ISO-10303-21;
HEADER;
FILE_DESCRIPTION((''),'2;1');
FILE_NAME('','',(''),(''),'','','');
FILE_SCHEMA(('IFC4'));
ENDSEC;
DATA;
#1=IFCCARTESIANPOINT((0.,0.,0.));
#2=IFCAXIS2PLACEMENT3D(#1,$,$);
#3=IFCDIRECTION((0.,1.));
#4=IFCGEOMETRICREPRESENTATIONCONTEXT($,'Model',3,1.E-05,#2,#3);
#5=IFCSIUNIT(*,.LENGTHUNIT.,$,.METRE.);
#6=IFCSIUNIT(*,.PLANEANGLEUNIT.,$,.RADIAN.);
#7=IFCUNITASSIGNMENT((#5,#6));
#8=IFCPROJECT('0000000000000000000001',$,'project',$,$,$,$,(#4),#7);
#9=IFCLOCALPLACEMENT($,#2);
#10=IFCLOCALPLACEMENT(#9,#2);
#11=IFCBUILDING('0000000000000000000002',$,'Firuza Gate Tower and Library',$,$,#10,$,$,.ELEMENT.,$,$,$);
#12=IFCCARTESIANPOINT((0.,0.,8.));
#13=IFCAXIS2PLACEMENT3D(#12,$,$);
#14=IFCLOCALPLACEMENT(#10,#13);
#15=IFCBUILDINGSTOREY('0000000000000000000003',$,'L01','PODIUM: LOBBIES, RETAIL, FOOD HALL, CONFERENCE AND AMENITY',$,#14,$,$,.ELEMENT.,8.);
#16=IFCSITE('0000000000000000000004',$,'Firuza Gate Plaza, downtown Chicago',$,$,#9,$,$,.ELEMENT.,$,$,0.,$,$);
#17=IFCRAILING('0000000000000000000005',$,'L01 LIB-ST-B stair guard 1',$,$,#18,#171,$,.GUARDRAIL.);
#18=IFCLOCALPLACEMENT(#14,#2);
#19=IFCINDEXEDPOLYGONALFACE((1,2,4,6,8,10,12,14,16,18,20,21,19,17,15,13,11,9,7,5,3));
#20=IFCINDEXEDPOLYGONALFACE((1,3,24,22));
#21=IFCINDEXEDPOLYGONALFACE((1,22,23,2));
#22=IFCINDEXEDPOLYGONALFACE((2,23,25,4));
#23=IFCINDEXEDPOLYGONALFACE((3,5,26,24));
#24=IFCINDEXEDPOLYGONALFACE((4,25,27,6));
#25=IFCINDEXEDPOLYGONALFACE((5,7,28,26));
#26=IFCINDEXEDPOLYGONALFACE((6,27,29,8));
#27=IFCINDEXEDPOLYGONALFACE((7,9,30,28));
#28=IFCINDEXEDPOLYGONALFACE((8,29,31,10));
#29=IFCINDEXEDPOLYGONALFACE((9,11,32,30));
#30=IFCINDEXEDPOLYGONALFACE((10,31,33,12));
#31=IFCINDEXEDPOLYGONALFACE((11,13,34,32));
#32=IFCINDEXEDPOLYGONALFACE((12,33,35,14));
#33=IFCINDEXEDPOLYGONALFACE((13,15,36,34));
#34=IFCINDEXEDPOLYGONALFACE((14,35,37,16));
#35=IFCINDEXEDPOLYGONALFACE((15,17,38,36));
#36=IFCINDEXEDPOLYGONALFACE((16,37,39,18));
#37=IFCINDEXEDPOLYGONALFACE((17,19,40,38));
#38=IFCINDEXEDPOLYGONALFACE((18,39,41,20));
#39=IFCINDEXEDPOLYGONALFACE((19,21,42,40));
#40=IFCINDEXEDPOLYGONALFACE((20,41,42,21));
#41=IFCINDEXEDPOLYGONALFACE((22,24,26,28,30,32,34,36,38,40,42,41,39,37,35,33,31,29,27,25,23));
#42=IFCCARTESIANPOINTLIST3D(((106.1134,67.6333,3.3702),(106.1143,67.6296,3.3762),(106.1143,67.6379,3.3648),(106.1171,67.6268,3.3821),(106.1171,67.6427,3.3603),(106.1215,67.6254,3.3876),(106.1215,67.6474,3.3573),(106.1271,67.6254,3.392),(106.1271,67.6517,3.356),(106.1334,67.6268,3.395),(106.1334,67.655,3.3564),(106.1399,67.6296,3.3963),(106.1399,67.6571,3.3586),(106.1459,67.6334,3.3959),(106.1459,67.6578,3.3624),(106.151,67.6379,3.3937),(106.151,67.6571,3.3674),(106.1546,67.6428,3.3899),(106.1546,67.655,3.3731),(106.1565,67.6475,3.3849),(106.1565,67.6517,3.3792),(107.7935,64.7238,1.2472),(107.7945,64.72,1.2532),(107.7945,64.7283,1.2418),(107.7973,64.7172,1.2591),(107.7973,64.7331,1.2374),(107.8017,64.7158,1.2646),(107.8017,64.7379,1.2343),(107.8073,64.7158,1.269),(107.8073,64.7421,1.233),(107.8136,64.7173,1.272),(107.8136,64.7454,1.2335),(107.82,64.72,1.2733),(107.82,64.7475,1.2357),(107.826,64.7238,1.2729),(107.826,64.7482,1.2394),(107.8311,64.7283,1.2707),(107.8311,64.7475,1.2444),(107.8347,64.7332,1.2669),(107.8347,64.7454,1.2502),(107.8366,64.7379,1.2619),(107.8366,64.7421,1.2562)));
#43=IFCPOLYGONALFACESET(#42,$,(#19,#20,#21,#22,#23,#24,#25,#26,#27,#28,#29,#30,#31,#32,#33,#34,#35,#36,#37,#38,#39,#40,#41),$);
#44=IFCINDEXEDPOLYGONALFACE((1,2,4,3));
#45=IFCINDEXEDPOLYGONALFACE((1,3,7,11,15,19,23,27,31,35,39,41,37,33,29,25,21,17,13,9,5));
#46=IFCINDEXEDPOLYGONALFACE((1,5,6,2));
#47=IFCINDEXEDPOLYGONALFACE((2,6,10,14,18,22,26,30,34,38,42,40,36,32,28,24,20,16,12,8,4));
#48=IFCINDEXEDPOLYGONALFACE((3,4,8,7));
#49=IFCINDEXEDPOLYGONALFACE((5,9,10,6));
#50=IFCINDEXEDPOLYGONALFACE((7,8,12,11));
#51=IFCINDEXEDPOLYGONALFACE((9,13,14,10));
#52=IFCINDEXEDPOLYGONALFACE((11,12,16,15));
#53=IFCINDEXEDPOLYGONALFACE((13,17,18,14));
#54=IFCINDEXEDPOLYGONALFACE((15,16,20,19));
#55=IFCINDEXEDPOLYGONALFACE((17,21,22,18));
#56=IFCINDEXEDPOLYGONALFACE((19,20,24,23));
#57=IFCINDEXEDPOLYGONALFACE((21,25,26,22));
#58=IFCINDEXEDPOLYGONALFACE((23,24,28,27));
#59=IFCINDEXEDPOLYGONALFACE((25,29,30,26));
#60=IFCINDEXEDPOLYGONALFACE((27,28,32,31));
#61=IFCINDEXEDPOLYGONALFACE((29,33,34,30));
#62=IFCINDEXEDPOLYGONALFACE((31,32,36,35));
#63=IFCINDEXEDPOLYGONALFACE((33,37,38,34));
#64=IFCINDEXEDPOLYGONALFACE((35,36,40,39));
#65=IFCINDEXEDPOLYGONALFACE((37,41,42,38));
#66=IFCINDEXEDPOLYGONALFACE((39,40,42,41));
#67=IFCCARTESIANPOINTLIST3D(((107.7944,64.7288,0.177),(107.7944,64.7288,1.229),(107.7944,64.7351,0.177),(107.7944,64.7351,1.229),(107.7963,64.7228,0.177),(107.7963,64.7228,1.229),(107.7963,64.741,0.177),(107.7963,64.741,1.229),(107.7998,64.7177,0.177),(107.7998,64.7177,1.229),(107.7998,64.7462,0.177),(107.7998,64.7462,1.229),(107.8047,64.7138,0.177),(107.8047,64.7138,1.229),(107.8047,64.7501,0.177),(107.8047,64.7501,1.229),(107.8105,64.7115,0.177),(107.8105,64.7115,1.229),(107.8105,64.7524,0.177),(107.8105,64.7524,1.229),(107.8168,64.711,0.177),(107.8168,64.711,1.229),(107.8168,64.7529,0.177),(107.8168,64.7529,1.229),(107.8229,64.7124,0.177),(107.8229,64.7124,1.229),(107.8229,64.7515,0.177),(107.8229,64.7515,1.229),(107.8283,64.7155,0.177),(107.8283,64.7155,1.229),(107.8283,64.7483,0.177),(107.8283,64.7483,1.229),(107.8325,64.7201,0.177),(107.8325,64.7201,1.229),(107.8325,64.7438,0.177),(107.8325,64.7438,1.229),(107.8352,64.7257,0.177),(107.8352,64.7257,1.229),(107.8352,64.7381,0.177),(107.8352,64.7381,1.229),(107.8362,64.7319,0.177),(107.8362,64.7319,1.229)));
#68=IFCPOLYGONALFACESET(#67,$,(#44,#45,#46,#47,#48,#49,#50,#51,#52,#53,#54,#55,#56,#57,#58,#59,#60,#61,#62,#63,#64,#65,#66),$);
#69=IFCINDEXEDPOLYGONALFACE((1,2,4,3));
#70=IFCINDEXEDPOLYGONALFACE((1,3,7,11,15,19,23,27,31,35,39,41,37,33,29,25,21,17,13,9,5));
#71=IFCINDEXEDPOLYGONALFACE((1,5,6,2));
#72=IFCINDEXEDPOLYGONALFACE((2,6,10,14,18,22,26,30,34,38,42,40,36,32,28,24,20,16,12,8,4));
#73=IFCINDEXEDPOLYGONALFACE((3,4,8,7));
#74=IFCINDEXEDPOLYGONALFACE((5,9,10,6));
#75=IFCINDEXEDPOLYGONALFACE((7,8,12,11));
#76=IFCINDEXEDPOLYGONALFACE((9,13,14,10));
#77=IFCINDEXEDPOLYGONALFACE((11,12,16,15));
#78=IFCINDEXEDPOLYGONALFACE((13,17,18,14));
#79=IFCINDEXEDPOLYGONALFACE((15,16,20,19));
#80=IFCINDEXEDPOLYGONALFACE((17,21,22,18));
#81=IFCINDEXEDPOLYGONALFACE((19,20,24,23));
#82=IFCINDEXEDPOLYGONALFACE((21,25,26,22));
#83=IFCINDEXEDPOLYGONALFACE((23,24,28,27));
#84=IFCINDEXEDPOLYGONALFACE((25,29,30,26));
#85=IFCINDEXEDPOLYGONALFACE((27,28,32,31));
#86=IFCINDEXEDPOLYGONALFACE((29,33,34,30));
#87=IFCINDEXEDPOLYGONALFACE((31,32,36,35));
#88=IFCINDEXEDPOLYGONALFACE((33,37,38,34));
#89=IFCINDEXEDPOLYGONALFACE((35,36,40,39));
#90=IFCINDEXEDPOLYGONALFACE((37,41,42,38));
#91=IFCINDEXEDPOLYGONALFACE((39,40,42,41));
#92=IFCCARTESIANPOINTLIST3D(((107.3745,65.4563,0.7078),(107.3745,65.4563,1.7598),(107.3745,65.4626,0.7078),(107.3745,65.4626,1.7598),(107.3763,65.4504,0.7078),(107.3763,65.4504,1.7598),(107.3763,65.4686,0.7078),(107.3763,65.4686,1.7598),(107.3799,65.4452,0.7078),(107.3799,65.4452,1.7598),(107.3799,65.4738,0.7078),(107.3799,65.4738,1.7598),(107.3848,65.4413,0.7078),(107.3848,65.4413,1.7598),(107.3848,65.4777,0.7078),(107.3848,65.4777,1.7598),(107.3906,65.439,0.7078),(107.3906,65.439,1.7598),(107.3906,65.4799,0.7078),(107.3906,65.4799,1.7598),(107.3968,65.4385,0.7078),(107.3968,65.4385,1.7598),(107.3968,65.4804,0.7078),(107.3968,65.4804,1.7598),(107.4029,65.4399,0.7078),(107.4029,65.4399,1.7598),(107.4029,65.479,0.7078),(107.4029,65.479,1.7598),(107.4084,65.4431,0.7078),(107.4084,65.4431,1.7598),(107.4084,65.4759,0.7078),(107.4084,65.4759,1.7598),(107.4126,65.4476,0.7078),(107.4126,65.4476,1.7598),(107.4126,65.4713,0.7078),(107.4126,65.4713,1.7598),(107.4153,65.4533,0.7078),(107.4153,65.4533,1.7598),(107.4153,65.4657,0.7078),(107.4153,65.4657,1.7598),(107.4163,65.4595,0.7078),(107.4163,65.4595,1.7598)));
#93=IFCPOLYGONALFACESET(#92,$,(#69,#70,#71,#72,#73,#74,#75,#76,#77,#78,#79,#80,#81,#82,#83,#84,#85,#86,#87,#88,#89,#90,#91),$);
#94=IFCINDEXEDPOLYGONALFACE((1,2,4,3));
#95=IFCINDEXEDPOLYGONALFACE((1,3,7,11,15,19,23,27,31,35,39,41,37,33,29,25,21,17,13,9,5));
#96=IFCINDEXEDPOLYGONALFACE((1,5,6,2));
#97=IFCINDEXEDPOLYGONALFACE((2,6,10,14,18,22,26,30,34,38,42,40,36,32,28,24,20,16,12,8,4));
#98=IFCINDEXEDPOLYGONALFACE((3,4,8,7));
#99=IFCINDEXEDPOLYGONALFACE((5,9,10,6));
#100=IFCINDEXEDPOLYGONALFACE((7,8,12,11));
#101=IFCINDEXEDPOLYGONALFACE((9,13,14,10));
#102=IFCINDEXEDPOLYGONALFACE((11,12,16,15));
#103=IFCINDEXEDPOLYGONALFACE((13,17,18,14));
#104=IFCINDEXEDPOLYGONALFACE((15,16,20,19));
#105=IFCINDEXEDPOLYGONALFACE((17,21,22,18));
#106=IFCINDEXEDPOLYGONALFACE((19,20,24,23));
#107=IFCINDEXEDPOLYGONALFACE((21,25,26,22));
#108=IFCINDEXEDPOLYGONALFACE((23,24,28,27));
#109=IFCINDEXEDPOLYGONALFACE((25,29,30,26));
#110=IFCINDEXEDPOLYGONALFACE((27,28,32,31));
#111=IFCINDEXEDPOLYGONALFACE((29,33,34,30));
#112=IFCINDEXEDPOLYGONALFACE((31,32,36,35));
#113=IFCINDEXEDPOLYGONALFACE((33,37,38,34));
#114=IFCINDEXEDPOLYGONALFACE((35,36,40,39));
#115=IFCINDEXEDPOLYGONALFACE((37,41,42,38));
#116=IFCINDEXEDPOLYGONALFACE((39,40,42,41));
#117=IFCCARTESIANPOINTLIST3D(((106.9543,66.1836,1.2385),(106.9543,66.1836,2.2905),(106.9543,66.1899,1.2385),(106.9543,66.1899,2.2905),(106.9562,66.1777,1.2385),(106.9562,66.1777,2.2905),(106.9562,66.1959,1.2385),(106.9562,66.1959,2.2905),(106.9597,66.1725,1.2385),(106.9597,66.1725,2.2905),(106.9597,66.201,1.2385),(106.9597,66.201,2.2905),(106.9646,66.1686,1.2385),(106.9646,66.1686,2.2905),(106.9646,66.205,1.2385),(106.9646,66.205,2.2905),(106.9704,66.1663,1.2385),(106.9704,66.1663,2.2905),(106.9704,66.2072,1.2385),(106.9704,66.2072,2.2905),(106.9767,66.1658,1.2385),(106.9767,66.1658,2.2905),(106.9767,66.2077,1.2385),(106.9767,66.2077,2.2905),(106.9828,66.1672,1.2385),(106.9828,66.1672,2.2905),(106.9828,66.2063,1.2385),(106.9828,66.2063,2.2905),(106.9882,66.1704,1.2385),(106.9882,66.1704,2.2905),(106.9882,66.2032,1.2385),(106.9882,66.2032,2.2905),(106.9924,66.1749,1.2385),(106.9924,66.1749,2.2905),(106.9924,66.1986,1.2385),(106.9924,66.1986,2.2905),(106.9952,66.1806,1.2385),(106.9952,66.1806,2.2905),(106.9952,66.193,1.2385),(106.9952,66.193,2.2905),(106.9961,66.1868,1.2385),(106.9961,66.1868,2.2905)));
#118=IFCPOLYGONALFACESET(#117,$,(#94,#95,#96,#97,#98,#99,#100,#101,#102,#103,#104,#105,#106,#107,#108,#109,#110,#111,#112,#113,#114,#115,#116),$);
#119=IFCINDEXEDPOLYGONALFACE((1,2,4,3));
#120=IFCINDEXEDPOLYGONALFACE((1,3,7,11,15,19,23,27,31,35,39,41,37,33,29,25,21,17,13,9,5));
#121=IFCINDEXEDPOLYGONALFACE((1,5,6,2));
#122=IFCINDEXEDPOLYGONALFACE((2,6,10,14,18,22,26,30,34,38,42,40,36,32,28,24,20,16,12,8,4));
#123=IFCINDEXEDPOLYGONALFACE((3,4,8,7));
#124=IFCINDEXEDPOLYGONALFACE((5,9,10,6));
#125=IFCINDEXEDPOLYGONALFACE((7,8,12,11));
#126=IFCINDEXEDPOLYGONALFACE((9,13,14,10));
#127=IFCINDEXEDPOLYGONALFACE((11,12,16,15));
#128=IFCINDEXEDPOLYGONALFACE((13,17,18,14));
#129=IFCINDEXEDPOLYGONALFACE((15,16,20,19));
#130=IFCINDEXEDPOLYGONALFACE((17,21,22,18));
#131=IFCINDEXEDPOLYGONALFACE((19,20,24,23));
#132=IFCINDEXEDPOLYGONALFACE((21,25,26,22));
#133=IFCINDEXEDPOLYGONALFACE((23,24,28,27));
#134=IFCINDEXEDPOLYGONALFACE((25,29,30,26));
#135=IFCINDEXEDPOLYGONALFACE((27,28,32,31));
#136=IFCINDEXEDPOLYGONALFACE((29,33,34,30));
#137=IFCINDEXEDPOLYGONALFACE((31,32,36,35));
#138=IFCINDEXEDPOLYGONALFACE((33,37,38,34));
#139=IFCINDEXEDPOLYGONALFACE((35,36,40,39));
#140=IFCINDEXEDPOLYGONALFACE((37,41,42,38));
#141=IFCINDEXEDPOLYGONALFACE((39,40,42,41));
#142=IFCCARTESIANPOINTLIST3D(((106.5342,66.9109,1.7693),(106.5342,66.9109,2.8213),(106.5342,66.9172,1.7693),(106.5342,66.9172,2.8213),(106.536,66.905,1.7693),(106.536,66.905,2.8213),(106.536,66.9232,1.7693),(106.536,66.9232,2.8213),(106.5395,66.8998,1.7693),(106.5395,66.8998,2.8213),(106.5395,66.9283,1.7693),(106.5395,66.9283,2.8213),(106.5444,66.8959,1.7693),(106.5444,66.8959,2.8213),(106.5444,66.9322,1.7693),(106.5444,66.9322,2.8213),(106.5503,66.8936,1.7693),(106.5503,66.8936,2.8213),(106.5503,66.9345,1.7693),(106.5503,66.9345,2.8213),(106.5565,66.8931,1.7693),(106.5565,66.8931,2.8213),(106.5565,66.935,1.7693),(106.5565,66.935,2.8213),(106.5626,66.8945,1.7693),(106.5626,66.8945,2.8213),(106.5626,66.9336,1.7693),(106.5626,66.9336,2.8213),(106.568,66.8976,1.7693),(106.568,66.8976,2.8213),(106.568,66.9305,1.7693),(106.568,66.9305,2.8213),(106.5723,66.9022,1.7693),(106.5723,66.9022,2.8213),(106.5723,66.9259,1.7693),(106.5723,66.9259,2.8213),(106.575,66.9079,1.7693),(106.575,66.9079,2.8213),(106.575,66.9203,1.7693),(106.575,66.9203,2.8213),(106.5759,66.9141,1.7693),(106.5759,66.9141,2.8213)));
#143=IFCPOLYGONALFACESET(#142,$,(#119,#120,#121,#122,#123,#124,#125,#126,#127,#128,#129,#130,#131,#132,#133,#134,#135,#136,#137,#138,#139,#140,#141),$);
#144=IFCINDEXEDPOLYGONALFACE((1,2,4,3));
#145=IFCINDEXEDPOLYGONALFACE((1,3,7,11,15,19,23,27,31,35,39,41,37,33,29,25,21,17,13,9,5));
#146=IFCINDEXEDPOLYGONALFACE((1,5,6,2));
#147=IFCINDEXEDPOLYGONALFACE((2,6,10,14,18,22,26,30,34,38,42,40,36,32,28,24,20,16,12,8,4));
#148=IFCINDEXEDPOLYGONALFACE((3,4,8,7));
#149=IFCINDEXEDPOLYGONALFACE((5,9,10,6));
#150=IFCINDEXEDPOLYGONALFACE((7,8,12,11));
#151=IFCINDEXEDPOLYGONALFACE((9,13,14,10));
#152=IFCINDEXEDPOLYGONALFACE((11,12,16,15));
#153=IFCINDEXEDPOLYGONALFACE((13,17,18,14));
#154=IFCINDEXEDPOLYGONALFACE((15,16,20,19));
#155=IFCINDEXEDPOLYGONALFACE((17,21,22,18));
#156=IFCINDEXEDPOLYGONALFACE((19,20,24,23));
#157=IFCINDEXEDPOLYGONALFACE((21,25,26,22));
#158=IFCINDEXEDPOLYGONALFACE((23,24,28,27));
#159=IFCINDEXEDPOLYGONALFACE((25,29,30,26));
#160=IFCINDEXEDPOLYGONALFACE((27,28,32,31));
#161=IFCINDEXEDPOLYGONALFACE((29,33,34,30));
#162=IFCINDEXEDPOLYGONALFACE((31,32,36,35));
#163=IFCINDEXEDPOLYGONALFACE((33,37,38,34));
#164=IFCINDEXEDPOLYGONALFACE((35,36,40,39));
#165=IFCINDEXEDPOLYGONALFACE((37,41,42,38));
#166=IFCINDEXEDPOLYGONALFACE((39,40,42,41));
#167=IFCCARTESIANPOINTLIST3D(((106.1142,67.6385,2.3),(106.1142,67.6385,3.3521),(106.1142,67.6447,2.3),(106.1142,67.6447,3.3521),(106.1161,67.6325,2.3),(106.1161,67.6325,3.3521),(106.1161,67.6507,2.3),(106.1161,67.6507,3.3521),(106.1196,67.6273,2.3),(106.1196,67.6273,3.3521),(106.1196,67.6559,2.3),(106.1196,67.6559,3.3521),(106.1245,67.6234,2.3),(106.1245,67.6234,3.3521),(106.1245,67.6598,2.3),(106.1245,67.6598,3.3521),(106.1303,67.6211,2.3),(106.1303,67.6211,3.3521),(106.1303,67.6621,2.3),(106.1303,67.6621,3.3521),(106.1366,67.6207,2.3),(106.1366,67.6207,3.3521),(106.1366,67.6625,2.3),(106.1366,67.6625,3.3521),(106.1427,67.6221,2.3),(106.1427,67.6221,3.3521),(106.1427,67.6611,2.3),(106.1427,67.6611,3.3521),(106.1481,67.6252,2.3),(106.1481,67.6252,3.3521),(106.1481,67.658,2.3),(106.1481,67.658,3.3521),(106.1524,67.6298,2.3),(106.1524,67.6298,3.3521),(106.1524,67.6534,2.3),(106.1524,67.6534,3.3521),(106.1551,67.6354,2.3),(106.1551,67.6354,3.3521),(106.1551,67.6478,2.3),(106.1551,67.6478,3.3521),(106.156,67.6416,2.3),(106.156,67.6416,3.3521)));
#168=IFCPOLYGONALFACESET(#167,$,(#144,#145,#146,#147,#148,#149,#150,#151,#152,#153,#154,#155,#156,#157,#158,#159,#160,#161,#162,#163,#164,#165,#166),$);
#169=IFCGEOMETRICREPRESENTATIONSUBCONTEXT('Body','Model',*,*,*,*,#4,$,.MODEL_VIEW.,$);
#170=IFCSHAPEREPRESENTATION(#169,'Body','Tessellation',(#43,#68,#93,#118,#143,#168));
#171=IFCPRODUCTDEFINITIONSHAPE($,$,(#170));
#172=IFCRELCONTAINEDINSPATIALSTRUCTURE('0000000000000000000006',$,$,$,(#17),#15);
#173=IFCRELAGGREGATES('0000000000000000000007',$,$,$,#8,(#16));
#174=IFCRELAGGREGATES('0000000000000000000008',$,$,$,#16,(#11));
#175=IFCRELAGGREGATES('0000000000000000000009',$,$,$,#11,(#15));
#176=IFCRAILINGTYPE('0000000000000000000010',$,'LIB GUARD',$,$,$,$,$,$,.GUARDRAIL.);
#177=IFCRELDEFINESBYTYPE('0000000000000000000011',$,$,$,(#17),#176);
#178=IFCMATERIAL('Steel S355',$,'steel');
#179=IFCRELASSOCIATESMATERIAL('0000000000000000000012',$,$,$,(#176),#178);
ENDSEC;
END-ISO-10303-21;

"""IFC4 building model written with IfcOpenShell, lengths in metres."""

from ifc_helpers import new_model, si_unit, direction, frame, origin, origin_2d, place, context, subcontext, project, spatial, circle, extrude, material, type_object, element, save


model = new_model("IFC4")

# Units and contexts
model_context = context("Model", 3, precision=1e-05, world=origin(), true_north=direction((0.0, 1.0)))
body_context = subcontext(model_context, "Body", "Model", "MODEL_VIEW")
ifc_project = project(units=[si_unit("LENGTHUNIT", "METRE"), si_unit("PLANEANGLEUNIT", "RADIAN")], contexts=[model_context])

# Site, building, storey
site_placement = place(None, origin())
site = spatial("IfcSite", under=ifc_project, at=site_placement, Name="Firuza Gate Plaza, downtown Chicago", CompositionType="ELEMENT", RefElevation=0.0)
building_placement = place(site_placement, origin())
building = spatial("IfcBuilding", under=site, at=building_placement, Name="Firuza Gate Tower and Library", CompositionType="ELEMENT")
storey_placement = place(building_placement, frame((0.0, 0.0, 8.0)))
storey = spatial("IfcBuildingStorey", under=building, at=storey_placement, Name="L01", Description="PODIUM: LOBBIES, RETAIL, FOOD HALL, CONFERENCE AND AMENITY", CompositionType="ELEMENT", Elevation=8.0)

# Railing
ifc_material_1 = material(Name="Steel S355", Category="steel")
railing_type_1 = type_object("IfcRailingType", Name="LIB GUARD", PredefinedType="GUARDRAIL", material=ifc_material_1)
railing_1_placement = place(storey_placement, frame((107.8152, 64.7319, 0.177)))
element("IfcRailing", 1, at=railing_1_placement, inside=storey, type_object=railing_type_1, Name="L01 LIB-ST-B stair guard 1", PredefinedType="GUARDRAIL", context=body_context, shape_type="SweptSolid", body=[
    extrude(circle(Radius=0.0239, at=origin_2d()), frame((0.0, 0.0, 1.0762), z_axis=(-0.422741, 0.732088, 0.53417), x_axis=(-0.86599, -0.500062, 0.0)), (0.0, 0.0, 1.0), 3.9744),
    extrude(circle(Radius=0.021, at=origin_2d()), origin(), (0.0, 0.0, 1.0), 1.052),
    extrude(circle(Radius=0.021, at=origin_2d()), frame((-0.4199, 0.7275, 0.5308)), (0.0, 0.0, 1.0), 1.052),
    extrude(circle(Radius=0.021, at=origin_2d()), frame((-0.8401, 1.4548, 1.0615)), (0.0, 0.0, 1.0), 1.052),
    extrude(circle(Radius=0.021, at=origin_2d()), frame((-1.2603, 2.1821, 1.5923)), (0.0, 0.0, 1.0), 1.052),
    extrude(circle(Radius=0.021, at=origin_2d()), frame((-1.6802, 2.9097, 2.123)), (0.0, 0.0, 1.0), 1.052),
])

save(model, "model.ifc")
